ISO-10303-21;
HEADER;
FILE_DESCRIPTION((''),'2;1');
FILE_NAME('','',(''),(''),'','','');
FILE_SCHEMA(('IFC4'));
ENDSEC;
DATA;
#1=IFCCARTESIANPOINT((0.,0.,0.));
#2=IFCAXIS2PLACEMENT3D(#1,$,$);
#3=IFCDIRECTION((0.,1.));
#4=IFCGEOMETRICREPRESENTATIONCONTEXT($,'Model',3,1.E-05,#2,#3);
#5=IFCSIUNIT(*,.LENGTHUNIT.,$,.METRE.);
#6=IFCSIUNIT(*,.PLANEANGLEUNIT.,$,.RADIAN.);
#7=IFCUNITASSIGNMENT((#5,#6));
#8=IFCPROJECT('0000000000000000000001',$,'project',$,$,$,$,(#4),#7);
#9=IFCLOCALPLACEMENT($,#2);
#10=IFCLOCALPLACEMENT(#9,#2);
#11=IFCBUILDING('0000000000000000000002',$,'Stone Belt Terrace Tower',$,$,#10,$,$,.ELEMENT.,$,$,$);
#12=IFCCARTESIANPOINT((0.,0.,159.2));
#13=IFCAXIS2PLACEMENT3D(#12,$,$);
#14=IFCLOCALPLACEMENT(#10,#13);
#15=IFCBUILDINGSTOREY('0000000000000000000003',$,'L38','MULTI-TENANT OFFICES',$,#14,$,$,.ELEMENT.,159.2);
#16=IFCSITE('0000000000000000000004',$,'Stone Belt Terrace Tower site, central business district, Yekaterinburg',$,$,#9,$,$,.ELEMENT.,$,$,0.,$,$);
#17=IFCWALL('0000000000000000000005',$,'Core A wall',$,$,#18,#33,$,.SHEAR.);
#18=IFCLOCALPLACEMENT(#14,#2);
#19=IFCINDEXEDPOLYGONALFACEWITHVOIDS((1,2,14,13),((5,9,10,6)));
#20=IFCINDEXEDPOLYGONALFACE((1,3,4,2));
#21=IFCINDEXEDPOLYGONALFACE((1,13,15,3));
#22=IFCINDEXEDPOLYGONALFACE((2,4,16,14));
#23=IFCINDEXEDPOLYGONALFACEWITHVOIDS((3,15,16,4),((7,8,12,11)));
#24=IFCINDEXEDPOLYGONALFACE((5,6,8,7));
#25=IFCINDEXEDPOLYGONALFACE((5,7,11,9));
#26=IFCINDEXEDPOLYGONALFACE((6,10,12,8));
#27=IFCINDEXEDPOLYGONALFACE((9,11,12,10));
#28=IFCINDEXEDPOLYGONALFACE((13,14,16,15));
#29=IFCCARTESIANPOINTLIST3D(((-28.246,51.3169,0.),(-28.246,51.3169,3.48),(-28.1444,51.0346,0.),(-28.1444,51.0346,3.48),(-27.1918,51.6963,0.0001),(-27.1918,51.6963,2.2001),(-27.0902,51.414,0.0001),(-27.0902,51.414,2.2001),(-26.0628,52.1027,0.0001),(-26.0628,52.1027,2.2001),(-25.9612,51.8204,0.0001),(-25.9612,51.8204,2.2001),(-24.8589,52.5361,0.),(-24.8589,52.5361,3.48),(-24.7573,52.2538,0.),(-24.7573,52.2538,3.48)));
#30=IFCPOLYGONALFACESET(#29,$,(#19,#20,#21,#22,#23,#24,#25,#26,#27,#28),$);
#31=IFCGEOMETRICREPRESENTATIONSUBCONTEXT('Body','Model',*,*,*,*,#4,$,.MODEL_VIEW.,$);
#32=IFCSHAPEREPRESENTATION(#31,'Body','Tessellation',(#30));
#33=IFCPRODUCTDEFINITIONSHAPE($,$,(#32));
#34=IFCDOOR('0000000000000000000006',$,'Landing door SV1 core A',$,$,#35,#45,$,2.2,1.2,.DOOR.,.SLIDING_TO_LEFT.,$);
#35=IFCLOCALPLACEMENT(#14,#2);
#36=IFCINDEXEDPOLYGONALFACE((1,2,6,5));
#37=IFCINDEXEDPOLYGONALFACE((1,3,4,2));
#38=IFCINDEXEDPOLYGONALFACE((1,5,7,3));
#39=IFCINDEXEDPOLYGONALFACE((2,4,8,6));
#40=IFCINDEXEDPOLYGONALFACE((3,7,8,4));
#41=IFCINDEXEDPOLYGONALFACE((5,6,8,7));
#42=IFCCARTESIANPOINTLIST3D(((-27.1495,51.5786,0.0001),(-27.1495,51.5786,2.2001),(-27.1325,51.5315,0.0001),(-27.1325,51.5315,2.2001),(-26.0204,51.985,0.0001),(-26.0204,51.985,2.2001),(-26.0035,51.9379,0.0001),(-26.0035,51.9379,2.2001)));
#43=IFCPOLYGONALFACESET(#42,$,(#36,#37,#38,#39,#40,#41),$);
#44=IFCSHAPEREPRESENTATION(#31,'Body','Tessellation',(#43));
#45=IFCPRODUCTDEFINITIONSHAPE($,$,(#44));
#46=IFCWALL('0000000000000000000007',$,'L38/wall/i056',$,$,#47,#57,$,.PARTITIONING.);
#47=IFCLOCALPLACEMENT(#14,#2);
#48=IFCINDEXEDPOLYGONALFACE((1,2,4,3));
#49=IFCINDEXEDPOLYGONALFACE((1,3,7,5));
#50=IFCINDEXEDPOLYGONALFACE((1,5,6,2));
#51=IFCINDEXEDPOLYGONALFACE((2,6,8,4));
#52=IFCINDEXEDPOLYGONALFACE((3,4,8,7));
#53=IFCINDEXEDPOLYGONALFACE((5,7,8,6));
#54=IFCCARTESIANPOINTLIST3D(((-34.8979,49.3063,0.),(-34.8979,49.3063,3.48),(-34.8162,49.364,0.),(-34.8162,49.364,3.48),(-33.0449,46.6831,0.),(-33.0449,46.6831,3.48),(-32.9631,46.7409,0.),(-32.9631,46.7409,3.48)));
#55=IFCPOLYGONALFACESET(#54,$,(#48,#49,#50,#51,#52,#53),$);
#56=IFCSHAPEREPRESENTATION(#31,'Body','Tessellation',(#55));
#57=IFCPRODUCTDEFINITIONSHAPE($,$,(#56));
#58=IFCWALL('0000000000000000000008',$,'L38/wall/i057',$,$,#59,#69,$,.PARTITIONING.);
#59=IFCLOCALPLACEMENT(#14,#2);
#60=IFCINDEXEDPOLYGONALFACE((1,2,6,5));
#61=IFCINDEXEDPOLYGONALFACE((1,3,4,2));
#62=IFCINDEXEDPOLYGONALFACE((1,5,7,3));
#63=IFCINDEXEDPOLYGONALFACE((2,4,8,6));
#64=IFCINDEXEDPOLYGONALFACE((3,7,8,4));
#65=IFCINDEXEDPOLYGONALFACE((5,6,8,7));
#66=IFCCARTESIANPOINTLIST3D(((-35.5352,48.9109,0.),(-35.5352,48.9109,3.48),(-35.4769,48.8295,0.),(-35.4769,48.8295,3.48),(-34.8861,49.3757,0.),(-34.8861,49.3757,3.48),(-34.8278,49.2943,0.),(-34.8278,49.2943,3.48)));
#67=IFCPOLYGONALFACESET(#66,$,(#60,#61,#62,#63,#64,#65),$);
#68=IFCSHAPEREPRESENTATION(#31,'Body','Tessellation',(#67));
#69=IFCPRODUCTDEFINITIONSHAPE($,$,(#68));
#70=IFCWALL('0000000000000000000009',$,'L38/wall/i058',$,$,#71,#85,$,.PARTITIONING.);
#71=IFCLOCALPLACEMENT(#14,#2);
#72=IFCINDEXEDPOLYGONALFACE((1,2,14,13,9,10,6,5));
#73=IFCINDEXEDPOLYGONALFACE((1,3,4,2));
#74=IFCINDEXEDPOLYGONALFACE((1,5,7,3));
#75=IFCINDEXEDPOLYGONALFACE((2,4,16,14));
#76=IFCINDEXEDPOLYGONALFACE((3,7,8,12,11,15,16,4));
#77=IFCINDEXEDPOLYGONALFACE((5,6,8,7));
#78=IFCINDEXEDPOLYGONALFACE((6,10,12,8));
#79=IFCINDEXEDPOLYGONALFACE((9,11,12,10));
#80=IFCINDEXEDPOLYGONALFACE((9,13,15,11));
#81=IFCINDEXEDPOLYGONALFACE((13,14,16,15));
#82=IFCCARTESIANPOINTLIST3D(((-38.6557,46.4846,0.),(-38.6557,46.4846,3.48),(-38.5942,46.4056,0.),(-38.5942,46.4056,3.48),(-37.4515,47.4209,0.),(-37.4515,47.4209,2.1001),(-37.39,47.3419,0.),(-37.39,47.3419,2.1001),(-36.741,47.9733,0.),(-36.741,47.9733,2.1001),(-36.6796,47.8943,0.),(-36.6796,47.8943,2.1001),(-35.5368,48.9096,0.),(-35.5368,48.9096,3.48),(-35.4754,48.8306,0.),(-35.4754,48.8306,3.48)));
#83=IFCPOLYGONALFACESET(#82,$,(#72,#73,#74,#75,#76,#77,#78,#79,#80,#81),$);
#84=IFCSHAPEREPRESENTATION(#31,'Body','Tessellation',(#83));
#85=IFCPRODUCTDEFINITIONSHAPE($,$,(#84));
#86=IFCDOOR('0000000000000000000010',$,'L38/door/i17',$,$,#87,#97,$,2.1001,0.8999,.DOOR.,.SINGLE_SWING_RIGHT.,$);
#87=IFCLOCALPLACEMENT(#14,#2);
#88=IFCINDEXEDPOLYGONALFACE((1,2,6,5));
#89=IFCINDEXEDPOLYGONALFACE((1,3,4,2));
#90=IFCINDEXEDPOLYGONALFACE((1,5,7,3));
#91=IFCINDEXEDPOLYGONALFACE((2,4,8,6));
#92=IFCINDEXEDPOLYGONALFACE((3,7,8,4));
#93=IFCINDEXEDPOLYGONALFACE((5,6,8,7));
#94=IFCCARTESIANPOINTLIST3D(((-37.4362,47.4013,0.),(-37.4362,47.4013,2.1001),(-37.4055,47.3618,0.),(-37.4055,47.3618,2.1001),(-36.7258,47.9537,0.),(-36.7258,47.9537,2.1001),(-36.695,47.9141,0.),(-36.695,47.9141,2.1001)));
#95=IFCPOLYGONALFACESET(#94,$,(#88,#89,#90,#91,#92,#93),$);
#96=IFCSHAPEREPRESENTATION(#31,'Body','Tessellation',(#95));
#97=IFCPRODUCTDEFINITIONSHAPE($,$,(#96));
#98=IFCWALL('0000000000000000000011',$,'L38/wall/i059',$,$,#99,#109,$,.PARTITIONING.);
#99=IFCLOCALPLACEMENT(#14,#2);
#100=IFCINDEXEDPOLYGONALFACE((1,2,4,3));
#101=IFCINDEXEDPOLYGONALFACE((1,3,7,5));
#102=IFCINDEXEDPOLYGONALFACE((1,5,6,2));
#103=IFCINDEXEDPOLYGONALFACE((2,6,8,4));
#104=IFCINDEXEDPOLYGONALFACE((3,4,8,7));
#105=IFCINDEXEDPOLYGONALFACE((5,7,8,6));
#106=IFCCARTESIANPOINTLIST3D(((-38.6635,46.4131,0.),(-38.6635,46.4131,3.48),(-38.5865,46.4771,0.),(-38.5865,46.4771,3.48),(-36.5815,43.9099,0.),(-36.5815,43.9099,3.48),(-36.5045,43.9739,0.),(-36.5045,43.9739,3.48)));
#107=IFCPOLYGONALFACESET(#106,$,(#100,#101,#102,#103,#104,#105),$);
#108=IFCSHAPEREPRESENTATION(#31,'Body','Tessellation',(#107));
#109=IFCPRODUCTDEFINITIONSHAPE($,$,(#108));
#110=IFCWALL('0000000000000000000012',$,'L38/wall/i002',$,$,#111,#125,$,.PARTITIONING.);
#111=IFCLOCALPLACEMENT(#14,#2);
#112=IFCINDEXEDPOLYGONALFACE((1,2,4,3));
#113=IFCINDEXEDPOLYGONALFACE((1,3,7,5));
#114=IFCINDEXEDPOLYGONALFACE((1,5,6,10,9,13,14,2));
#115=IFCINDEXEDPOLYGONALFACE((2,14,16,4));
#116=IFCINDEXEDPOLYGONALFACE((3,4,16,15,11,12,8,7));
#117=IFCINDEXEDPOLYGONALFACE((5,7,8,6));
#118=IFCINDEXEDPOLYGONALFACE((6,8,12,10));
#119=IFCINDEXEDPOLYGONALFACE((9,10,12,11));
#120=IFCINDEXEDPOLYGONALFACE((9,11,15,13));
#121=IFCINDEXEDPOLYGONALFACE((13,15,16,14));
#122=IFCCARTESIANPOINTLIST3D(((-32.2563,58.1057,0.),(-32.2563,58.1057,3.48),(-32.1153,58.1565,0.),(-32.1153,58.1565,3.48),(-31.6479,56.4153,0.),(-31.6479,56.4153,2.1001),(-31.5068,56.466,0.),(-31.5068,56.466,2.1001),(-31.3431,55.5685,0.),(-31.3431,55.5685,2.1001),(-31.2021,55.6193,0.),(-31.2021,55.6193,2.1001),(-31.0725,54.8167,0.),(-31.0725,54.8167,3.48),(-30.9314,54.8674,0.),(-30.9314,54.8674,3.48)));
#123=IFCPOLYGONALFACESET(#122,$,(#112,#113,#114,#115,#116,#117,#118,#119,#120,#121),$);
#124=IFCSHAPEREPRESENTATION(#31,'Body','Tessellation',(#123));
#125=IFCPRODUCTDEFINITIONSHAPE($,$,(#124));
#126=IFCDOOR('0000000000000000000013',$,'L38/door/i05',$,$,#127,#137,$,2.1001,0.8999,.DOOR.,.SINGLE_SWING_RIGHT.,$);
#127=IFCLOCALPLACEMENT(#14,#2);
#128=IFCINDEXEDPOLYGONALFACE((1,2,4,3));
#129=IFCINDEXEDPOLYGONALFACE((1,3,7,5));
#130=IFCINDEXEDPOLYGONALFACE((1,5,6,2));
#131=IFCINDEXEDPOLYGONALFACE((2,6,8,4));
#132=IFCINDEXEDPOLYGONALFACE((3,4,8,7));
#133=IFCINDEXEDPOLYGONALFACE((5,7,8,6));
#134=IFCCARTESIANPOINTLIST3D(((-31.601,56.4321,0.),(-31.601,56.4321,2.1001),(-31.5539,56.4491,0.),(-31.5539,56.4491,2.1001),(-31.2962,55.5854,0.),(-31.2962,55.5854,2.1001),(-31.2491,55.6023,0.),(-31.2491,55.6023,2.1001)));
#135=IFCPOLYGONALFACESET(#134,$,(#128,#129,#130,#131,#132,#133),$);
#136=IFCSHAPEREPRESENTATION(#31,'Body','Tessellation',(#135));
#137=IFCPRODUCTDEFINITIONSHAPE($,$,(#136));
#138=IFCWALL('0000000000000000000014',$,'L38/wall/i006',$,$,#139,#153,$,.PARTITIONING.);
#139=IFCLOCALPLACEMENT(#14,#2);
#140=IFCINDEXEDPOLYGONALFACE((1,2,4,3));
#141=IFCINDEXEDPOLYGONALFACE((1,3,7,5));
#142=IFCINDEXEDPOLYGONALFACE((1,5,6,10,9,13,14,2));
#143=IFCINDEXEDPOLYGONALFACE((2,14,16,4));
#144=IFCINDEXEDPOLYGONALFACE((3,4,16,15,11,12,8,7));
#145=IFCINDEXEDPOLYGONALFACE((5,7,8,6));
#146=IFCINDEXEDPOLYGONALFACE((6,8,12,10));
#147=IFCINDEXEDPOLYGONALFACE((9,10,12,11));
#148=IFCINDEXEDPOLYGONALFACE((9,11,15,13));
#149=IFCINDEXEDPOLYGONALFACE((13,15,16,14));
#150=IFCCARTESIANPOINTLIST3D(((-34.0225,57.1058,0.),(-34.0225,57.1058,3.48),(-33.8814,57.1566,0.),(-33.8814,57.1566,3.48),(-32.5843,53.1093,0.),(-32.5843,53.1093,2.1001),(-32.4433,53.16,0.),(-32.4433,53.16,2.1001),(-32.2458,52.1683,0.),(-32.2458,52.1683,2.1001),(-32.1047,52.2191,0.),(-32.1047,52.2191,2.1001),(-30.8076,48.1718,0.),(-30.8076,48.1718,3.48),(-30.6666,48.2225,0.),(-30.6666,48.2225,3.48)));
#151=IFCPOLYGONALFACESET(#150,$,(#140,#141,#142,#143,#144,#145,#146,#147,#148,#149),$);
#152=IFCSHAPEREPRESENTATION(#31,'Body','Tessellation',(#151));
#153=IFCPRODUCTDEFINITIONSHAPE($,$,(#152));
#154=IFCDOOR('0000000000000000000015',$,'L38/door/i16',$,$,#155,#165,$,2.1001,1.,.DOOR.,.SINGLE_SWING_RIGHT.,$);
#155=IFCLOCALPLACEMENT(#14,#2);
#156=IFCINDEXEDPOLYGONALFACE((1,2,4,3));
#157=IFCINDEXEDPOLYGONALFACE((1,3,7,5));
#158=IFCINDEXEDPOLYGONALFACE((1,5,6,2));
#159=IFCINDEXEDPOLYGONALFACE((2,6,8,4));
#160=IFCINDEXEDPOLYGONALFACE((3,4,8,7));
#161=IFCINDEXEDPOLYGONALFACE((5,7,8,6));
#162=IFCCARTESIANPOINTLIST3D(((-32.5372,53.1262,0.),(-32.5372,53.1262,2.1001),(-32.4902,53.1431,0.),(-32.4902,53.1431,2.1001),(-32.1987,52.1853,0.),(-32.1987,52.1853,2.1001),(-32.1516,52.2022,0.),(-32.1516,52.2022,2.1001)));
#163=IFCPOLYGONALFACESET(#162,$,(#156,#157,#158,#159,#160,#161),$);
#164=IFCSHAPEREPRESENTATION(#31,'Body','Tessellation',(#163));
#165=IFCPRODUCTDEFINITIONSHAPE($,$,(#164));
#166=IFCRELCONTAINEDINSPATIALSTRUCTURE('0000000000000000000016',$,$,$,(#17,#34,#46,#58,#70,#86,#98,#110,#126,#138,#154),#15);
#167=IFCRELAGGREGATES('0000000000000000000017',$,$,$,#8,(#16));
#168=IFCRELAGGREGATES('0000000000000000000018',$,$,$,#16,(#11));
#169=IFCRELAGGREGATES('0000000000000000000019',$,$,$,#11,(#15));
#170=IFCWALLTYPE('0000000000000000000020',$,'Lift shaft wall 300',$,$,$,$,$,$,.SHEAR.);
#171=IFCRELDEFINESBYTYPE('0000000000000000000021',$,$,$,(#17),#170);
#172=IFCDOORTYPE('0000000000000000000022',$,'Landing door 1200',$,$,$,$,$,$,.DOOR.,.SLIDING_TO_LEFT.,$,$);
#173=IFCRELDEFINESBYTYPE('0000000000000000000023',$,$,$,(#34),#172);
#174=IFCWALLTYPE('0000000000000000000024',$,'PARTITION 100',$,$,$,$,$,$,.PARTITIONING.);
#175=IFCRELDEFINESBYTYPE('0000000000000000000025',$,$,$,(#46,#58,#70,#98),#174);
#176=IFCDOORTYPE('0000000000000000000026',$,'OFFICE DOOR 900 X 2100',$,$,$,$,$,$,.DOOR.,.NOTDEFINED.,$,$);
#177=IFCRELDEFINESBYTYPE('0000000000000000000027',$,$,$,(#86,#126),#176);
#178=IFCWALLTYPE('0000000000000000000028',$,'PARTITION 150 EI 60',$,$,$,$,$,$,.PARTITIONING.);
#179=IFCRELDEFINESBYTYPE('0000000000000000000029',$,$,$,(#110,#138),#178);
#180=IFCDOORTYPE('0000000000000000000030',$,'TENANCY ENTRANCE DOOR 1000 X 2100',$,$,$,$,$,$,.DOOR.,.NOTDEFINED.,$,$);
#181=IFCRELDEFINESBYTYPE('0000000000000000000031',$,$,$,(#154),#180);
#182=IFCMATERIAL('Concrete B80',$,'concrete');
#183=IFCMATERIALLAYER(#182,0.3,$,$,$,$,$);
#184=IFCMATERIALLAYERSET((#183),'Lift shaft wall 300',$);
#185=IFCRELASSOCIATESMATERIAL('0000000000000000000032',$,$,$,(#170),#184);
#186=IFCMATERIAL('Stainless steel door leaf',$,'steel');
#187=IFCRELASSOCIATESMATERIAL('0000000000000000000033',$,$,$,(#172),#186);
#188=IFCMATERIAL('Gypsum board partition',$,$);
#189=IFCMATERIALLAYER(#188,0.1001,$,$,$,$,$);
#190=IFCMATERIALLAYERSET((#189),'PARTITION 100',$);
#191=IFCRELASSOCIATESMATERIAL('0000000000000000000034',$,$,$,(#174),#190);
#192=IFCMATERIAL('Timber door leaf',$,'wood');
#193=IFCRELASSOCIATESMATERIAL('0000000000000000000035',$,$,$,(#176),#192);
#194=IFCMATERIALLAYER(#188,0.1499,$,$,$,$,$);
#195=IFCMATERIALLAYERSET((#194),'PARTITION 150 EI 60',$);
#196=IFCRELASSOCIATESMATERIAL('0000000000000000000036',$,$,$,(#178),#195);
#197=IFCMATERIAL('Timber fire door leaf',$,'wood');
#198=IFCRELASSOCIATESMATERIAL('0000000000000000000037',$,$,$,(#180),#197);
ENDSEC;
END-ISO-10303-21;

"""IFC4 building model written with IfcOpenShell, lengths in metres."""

from ifc_helpers import new_model, si_unit, direction, frame, frame_2d, origin, place, context, subcontext, project, spatial, rectangle, extrude, material, layer, layer_set, type_object, element, fill, save


model = new_model("IFC4")

# Units and contexts
model_context = context("Model", 3, precision=1e-05, world=origin(), true_north=direction((0.0, 1.0)))
body_context = subcontext(model_context, "Body", "Model", "MODEL_VIEW")
ifc_project = project(units=[si_unit("LENGTHUNIT", "METRE"), si_unit("PLANEANGLEUNIT", "RADIAN")], contexts=[model_context])

# Site, building, storey
site_placement = place(None, origin())
site = spatial("IfcSite", under=ifc_project, at=site_placement, Name="Stone Belt Terrace Tower site, central business district, Yekaterinburg", CompositionType="ELEMENT", RefElevation=0.0)
building_placement = place(site_placement, origin())
building = spatial("IfcBuilding", under=site, at=building_placement, Name="Stone Belt Terrace Tower", CompositionType="ELEMENT")
storey_placement = place(building_placement, frame((0.0, 0.0, 159.2)))
storey = spatial("IfcBuildingStorey", under=building, at=storey_placement, Name="L38", Description="MULTI-TENANT OFFICES", CompositionType="ELEMENT", Elevation=159.2)

# Shared definitions
ifc_material_1 = material(Name="Concrete B80", Category="concrete")

# Wall, opening, door
ifc_layer_1 = layer(ifc_material_1, 0.3)
ifc_layer_set_1 = layer_set([ifc_layer_1], Name="Lift shaft wall 300")
wall_type_1 = type_object("IfcWallType", Name="Lift shaft wall 300", PredefinedType="SHEAR", material=ifc_layer_set_1)
wall_1_placement = place(storey_placement, frame((-28.1951, 51.1758, 0.0), z_axis=(0.0, 0.0, 1.0), x_axis=(0.940901, 0.338681, 0.0)))
wall_1 = element("IfcWall", 1, at=wall_1_placement, inside=storey, type_object=wall_type_1, Name="Core A wall", PredefinedType="SHEAR", context=body_context, shape_type="SweptSolid", body=[
    extrude(rectangle(XDim=3.5999, YDim=0.3, at=frame_2d((1.7998, 0.0))), origin(), (0.0, 0.0, 1.0), 3.48),
])
opening_1_placement = place(wall_1_placement, frame((1.1201, 0.0, 0.0)))
opening_1 = element("IfcOpeningElement", 2, at=opening_1_placement, cuts=wall_1, PredefinedType="OPENING", context=body_context, shape_type="SweptSolid", body=[
    extrude(rectangle(XDim=1.2, YDim=2.2, at=frame_2d((0.6001, 1.1001))), frame((0.0, 0.1599, 0.0), z_axis=(0.0, -1.0, 0.0), x_axis=(1.0, 0.0, 0.0)), (0.0, 0.0, 1.0), 0.3201),
])
ifc_material_2 = material(Name="Stainless steel door leaf", Category="steel")
door_type_1 = type_object("IfcDoorType", Name="Landing door 1200", OperationType="SLIDING_TO_LEFT", PredefinedType="DOOR", material=ifc_material_2)
door_1_placement = place(opening_1_placement, origin())
door_1 = element("IfcDoor", 3, at=door_1_placement, inside=storey, type_object=door_type_1, Name="Landing door SV1 core A", OperationType="SLIDING_TO_LEFT", OverallHeight=2.2, OverallWidth=1.2, PredefinedType="DOOR", context=body_context, shape_type="SweptSolid", body=[
    extrude(rectangle(XDim=1.2, YDim=2.2, at=frame_2d((0.6001, 1.1001))), frame((0.0, 0.0249, 0.0), z_axis=(0.0, -1.0, 0.0), x_axis=(1.0, 0.0, 0.0)), (0.0, 0.0, 1.0), 0.05),
])
fill(opening_1, door_1)

# Walls
ifc_material_3 = material(Name="Gypsum board partition")
ifc_layer_2 = layer(ifc_material_3, 0.1001)
ifc_layer_set_2 = layer_set([ifc_layer_2], Name="PARTITION 100")
wall_type_2 = type_object("IfcWallType", Name="PARTITION 100", PredefinedType="PARTITIONING", material=ifc_layer_set_2)
wall_2_placement = place(storey_placement, frame((-33.0039, 46.7119, 0.0), z_axis=(0.0, 0.0, 1.0), x_axis=(-0.576988, 0.816753, 0.0)))
element("IfcWall", 4, at=wall_2_placement, inside=storey, type_object=wall_type_2, Name="L38/wall/i056", PredefinedType="PARTITIONING", context=body_context, shape_type="SweptSolid", body=[
    extrude(rectangle(XDim=3.2117, YDim=0.1001, at=frame_2d((1.606, 0.0))), origin(), (0.0, 0.0, 1.0), 3.48),
])
wall_3_placement = place(storey_placement, frame((-34.8569, 49.335, 0.0), z_axis=(0.0, 0.0, 1.0), x_axis=(-0.813051, -0.582192, 0.0)))
element("IfcWall", 5, at=wall_3_placement, inside=storey, type_object=wall_type_2, Name="L38/wall/i057", PredefinedType="PARTITIONING", context=body_context, shape_type="SweptSolid", body=[
    extrude(rectangle(XDim=0.7983, YDim=0.1001, at=frame_2d((0.3992, 0.0))), origin(), (0.0, 0.0, 1.0), 3.48),
])

# Wall, opening, door
wall_4_placement = place(storey_placement, frame((-35.5061, 48.8701, 0.0), z_axis=(0.0, 0.0, 1.0), x_axis=(-0.789445, -0.613821, 0.0)))
wall_4 = element("IfcWall", 6, at=wall_4_placement, inside=storey, type_object=wall_type_2, Name="L38/wall/i058", PredefinedType="PARTITIONING", context=body_context, shape_type="SweptSolid", body=[
    extrude(rectangle(XDim=3.9507, YDim=0.1001, at=frame_2d((1.9753, 0.0))), origin(), (0.0, 0.0, 1.0), 3.48),
])
opening_2_placement = place(wall_4_placement, frame((1.5254, 0.0, 0.0)))
opening_2 = element("IfcOpeningElement", 7, at=opening_2_placement, cuts=wall_4, PredefinedType="OPENING", context=body_context, shape_type="SweptSolid", body=[
    extrude(rectangle(XDim=0.8999, YDim=2.1001, at=frame_2d((0.45, 1.05))), frame((0.0, 0.0601, 0.0), z_axis=(0.0, -1.0, 0.0), x_axis=(1.0, 0.0, 0.0)), (0.0, 0.0, 1.0), 0.1201),
])
ifc_material_4 = material(Name="Timber door leaf", Category="wood")
door_type_2 = type_object("IfcDoorType", Name="OFFICE DOOR 900 X 2100", OperationType="NOTDEFINED", PredefinedType="DOOR", material=ifc_material_4)
door_2_placement = place(opening_2_placement, origin())
door_2 = element("IfcDoor", 8, at=door_2_placement, inside=storey, type_object=door_type_2, Name="L38/door/i17", OperationType="SINGLE_SWING_RIGHT", OverallHeight=2.1001, OverallWidth=0.8999, PredefinedType="DOOR", context=body_context, shape_type="SweptSolid", body=[
    extrude(rectangle(XDim=0.8999, YDim=2.1001, at=frame_2d((0.45, 1.05))), frame((0.0, 0.0249, 0.0), z_axis=(0.0, -1.0, 0.0), x_axis=(1.0, 0.0, 0.0)), (0.0, 0.0, 1.0), 0.05),
])
fill(opening_2, door_2)

# Wall
wall_5_placement = place(storey_placement, frame((-38.625, 46.4451, 0.0), z_axis=(0.0, 0.0, 1.0), x_axis=(0.639469, -0.768817, 0.0)))
element("IfcWall", 9, at=wall_5_placement, inside=storey, type_object=wall_type_2, Name="L38/wall/i059", PredefinedType="PARTITIONING", context=body_context, shape_type="SweptSolid", body=[
    extrude(rectangle(XDim=3.2559, YDim=0.1001, at=frame_2d((1.6279, 0.0))), origin(), (0.0, 0.0, 1.0), 3.48),
])

# Walls, openings, doors
ifc_layer_3 = layer(ifc_material_3, 0.1499)
ifc_layer_set_3 = layer_set([ifc_layer_3], Name="PARTITION 150 EI 60")
wall_type_3 = type_object("IfcWallType", Name="PARTITION 150 EI 60", PredefinedType="PARTITIONING", material=ifc_layer_set_3)
wall_6_placement = place(storey_placement, frame((-32.1858, 58.1311, 0.0), z_axis=(0.0, 0.0, 1.0), x_axis=(0.338663, -0.940908, 0.0)))
wall_6 = element("IfcWall", 10, at=wall_6_placement, inside=storey, type_object=wall_type_3, Name="L38/wall/i002", PredefinedType="PARTITIONING", context=body_context, shape_type="SweptSolid", body=[
    extrude(rectangle(XDim=3.4956, YDim=0.1499, at=frame_2d((1.7478, 0.0))), origin(), (0.0, 0.0, 1.0), 3.48),
])
opening_3_placement = place(wall_6_placement, frame((1.7966, 0.0, 0.0)))
opening_3 = element("IfcOpeningElement", 11, at=opening_3_placement, cuts=wall_6, PredefinedType="OPENING", context=body_context, shape_type="SweptSolid", body=[
    extrude(rectangle(XDim=0.8999, YDim=2.1001, at=frame_2d((0.45, 1.05))), frame((0.0, 0.085, 0.0), z_axis=(0.0, -1.0, 0.0), x_axis=(1.0, 0.0, 0.0)), (0.0, 0.0, 1.0), 0.1699),
])
door_3_placement = place(opening_3_placement, origin())
door_3 = element("IfcDoor", 12, at=door_3_placement, inside=storey, type_object=door_type_2, Name="L38/door/i05", OperationType="SINGLE_SWING_RIGHT", OverallHeight=2.1001, OverallWidth=0.8999, PredefinedType="DOOR", context=body_context, shape_type="SweptSolid", body=[
    extrude(rectangle(XDim=0.8999, YDim=2.1001, at=frame_2d((0.45, 1.05))), frame((0.0, 0.0249, 0.0), z_axis=(0.0, -1.0, 0.0), x_axis=(1.0, 0.0, 0.0)), (0.0, 0.0, 1.0), 0.05),
])
fill(opening_3, door_3)
wall_7_placement = place(storey_placement, frame((-30.7371, 48.197, 0.0), z_axis=(0.0, 0.0, 1.0), x_axis=(-0.338587, 0.940935, 0.0)))
wall_7 = element("IfcWall", 13, at=wall_7_placement, inside=storey, type_object=wall_type_3, Name="L38/wall/i006", PredefinedType="PARTITIONING", context=body_context, shape_type="SweptSolid", body=[
    extrude(rectangle(XDim=9.4949, YDim=0.1499, at=frame_2d((4.7476, 0.0))), origin(), (0.0, 0.0, 1.0), 3.48),
])
opening_4_placement = place(wall_7_placement, frame((4.2476, 0.0, 0.0)))
opening_4 = element("IfcOpeningElement", 14, at=opening_4_placement, cuts=wall_7, PredefinedType="OPENING", context=body_context, shape_type="SweptSolid", body=[
    extrude(rectangle(XDim=1.0, YDim=2.1001, at=frame_2d((0.5, 1.05))), frame((0.0, 0.085, 0.0), z_axis=(0.0, -1.0, 0.0), x_axis=(1.0, 0.0, 0.0)), (0.0, 0.0, 1.0), 0.1699),
])
ifc_material_5 = material(Name="Timber fire door leaf", Category="wood")
door_type_3 = type_object("IfcDoorType", Name="TENANCY ENTRANCE DOOR 1000 X 2100", OperationType="NOTDEFINED", PredefinedType="DOOR", material=ifc_material_5)
door_4_placement = place(opening_4_placement, origin())
door_4 = element("IfcDoor", 15, at=door_4_placement, inside=storey, type_object=door_type_3, Name="L38/door/i16", OperationType="SINGLE_SWING_RIGHT", OverallHeight=2.1001, OverallWidth=1.0, PredefinedType="DOOR", context=body_context, shape_type="SweptSolid", body=[
    extrude(rectangle(XDim=1.0, YDim=2.1001, at=frame_2d((0.5, 1.05))), frame((0.0, 0.0249, 0.0), z_axis=(0.0, -1.0, 0.0), x_axis=(1.0, 0.0, 0.0)), (0.0, 0.0, 1.0), 0.05),
])
fill(opening_4, door_4)

save(model, "model.ifc")
